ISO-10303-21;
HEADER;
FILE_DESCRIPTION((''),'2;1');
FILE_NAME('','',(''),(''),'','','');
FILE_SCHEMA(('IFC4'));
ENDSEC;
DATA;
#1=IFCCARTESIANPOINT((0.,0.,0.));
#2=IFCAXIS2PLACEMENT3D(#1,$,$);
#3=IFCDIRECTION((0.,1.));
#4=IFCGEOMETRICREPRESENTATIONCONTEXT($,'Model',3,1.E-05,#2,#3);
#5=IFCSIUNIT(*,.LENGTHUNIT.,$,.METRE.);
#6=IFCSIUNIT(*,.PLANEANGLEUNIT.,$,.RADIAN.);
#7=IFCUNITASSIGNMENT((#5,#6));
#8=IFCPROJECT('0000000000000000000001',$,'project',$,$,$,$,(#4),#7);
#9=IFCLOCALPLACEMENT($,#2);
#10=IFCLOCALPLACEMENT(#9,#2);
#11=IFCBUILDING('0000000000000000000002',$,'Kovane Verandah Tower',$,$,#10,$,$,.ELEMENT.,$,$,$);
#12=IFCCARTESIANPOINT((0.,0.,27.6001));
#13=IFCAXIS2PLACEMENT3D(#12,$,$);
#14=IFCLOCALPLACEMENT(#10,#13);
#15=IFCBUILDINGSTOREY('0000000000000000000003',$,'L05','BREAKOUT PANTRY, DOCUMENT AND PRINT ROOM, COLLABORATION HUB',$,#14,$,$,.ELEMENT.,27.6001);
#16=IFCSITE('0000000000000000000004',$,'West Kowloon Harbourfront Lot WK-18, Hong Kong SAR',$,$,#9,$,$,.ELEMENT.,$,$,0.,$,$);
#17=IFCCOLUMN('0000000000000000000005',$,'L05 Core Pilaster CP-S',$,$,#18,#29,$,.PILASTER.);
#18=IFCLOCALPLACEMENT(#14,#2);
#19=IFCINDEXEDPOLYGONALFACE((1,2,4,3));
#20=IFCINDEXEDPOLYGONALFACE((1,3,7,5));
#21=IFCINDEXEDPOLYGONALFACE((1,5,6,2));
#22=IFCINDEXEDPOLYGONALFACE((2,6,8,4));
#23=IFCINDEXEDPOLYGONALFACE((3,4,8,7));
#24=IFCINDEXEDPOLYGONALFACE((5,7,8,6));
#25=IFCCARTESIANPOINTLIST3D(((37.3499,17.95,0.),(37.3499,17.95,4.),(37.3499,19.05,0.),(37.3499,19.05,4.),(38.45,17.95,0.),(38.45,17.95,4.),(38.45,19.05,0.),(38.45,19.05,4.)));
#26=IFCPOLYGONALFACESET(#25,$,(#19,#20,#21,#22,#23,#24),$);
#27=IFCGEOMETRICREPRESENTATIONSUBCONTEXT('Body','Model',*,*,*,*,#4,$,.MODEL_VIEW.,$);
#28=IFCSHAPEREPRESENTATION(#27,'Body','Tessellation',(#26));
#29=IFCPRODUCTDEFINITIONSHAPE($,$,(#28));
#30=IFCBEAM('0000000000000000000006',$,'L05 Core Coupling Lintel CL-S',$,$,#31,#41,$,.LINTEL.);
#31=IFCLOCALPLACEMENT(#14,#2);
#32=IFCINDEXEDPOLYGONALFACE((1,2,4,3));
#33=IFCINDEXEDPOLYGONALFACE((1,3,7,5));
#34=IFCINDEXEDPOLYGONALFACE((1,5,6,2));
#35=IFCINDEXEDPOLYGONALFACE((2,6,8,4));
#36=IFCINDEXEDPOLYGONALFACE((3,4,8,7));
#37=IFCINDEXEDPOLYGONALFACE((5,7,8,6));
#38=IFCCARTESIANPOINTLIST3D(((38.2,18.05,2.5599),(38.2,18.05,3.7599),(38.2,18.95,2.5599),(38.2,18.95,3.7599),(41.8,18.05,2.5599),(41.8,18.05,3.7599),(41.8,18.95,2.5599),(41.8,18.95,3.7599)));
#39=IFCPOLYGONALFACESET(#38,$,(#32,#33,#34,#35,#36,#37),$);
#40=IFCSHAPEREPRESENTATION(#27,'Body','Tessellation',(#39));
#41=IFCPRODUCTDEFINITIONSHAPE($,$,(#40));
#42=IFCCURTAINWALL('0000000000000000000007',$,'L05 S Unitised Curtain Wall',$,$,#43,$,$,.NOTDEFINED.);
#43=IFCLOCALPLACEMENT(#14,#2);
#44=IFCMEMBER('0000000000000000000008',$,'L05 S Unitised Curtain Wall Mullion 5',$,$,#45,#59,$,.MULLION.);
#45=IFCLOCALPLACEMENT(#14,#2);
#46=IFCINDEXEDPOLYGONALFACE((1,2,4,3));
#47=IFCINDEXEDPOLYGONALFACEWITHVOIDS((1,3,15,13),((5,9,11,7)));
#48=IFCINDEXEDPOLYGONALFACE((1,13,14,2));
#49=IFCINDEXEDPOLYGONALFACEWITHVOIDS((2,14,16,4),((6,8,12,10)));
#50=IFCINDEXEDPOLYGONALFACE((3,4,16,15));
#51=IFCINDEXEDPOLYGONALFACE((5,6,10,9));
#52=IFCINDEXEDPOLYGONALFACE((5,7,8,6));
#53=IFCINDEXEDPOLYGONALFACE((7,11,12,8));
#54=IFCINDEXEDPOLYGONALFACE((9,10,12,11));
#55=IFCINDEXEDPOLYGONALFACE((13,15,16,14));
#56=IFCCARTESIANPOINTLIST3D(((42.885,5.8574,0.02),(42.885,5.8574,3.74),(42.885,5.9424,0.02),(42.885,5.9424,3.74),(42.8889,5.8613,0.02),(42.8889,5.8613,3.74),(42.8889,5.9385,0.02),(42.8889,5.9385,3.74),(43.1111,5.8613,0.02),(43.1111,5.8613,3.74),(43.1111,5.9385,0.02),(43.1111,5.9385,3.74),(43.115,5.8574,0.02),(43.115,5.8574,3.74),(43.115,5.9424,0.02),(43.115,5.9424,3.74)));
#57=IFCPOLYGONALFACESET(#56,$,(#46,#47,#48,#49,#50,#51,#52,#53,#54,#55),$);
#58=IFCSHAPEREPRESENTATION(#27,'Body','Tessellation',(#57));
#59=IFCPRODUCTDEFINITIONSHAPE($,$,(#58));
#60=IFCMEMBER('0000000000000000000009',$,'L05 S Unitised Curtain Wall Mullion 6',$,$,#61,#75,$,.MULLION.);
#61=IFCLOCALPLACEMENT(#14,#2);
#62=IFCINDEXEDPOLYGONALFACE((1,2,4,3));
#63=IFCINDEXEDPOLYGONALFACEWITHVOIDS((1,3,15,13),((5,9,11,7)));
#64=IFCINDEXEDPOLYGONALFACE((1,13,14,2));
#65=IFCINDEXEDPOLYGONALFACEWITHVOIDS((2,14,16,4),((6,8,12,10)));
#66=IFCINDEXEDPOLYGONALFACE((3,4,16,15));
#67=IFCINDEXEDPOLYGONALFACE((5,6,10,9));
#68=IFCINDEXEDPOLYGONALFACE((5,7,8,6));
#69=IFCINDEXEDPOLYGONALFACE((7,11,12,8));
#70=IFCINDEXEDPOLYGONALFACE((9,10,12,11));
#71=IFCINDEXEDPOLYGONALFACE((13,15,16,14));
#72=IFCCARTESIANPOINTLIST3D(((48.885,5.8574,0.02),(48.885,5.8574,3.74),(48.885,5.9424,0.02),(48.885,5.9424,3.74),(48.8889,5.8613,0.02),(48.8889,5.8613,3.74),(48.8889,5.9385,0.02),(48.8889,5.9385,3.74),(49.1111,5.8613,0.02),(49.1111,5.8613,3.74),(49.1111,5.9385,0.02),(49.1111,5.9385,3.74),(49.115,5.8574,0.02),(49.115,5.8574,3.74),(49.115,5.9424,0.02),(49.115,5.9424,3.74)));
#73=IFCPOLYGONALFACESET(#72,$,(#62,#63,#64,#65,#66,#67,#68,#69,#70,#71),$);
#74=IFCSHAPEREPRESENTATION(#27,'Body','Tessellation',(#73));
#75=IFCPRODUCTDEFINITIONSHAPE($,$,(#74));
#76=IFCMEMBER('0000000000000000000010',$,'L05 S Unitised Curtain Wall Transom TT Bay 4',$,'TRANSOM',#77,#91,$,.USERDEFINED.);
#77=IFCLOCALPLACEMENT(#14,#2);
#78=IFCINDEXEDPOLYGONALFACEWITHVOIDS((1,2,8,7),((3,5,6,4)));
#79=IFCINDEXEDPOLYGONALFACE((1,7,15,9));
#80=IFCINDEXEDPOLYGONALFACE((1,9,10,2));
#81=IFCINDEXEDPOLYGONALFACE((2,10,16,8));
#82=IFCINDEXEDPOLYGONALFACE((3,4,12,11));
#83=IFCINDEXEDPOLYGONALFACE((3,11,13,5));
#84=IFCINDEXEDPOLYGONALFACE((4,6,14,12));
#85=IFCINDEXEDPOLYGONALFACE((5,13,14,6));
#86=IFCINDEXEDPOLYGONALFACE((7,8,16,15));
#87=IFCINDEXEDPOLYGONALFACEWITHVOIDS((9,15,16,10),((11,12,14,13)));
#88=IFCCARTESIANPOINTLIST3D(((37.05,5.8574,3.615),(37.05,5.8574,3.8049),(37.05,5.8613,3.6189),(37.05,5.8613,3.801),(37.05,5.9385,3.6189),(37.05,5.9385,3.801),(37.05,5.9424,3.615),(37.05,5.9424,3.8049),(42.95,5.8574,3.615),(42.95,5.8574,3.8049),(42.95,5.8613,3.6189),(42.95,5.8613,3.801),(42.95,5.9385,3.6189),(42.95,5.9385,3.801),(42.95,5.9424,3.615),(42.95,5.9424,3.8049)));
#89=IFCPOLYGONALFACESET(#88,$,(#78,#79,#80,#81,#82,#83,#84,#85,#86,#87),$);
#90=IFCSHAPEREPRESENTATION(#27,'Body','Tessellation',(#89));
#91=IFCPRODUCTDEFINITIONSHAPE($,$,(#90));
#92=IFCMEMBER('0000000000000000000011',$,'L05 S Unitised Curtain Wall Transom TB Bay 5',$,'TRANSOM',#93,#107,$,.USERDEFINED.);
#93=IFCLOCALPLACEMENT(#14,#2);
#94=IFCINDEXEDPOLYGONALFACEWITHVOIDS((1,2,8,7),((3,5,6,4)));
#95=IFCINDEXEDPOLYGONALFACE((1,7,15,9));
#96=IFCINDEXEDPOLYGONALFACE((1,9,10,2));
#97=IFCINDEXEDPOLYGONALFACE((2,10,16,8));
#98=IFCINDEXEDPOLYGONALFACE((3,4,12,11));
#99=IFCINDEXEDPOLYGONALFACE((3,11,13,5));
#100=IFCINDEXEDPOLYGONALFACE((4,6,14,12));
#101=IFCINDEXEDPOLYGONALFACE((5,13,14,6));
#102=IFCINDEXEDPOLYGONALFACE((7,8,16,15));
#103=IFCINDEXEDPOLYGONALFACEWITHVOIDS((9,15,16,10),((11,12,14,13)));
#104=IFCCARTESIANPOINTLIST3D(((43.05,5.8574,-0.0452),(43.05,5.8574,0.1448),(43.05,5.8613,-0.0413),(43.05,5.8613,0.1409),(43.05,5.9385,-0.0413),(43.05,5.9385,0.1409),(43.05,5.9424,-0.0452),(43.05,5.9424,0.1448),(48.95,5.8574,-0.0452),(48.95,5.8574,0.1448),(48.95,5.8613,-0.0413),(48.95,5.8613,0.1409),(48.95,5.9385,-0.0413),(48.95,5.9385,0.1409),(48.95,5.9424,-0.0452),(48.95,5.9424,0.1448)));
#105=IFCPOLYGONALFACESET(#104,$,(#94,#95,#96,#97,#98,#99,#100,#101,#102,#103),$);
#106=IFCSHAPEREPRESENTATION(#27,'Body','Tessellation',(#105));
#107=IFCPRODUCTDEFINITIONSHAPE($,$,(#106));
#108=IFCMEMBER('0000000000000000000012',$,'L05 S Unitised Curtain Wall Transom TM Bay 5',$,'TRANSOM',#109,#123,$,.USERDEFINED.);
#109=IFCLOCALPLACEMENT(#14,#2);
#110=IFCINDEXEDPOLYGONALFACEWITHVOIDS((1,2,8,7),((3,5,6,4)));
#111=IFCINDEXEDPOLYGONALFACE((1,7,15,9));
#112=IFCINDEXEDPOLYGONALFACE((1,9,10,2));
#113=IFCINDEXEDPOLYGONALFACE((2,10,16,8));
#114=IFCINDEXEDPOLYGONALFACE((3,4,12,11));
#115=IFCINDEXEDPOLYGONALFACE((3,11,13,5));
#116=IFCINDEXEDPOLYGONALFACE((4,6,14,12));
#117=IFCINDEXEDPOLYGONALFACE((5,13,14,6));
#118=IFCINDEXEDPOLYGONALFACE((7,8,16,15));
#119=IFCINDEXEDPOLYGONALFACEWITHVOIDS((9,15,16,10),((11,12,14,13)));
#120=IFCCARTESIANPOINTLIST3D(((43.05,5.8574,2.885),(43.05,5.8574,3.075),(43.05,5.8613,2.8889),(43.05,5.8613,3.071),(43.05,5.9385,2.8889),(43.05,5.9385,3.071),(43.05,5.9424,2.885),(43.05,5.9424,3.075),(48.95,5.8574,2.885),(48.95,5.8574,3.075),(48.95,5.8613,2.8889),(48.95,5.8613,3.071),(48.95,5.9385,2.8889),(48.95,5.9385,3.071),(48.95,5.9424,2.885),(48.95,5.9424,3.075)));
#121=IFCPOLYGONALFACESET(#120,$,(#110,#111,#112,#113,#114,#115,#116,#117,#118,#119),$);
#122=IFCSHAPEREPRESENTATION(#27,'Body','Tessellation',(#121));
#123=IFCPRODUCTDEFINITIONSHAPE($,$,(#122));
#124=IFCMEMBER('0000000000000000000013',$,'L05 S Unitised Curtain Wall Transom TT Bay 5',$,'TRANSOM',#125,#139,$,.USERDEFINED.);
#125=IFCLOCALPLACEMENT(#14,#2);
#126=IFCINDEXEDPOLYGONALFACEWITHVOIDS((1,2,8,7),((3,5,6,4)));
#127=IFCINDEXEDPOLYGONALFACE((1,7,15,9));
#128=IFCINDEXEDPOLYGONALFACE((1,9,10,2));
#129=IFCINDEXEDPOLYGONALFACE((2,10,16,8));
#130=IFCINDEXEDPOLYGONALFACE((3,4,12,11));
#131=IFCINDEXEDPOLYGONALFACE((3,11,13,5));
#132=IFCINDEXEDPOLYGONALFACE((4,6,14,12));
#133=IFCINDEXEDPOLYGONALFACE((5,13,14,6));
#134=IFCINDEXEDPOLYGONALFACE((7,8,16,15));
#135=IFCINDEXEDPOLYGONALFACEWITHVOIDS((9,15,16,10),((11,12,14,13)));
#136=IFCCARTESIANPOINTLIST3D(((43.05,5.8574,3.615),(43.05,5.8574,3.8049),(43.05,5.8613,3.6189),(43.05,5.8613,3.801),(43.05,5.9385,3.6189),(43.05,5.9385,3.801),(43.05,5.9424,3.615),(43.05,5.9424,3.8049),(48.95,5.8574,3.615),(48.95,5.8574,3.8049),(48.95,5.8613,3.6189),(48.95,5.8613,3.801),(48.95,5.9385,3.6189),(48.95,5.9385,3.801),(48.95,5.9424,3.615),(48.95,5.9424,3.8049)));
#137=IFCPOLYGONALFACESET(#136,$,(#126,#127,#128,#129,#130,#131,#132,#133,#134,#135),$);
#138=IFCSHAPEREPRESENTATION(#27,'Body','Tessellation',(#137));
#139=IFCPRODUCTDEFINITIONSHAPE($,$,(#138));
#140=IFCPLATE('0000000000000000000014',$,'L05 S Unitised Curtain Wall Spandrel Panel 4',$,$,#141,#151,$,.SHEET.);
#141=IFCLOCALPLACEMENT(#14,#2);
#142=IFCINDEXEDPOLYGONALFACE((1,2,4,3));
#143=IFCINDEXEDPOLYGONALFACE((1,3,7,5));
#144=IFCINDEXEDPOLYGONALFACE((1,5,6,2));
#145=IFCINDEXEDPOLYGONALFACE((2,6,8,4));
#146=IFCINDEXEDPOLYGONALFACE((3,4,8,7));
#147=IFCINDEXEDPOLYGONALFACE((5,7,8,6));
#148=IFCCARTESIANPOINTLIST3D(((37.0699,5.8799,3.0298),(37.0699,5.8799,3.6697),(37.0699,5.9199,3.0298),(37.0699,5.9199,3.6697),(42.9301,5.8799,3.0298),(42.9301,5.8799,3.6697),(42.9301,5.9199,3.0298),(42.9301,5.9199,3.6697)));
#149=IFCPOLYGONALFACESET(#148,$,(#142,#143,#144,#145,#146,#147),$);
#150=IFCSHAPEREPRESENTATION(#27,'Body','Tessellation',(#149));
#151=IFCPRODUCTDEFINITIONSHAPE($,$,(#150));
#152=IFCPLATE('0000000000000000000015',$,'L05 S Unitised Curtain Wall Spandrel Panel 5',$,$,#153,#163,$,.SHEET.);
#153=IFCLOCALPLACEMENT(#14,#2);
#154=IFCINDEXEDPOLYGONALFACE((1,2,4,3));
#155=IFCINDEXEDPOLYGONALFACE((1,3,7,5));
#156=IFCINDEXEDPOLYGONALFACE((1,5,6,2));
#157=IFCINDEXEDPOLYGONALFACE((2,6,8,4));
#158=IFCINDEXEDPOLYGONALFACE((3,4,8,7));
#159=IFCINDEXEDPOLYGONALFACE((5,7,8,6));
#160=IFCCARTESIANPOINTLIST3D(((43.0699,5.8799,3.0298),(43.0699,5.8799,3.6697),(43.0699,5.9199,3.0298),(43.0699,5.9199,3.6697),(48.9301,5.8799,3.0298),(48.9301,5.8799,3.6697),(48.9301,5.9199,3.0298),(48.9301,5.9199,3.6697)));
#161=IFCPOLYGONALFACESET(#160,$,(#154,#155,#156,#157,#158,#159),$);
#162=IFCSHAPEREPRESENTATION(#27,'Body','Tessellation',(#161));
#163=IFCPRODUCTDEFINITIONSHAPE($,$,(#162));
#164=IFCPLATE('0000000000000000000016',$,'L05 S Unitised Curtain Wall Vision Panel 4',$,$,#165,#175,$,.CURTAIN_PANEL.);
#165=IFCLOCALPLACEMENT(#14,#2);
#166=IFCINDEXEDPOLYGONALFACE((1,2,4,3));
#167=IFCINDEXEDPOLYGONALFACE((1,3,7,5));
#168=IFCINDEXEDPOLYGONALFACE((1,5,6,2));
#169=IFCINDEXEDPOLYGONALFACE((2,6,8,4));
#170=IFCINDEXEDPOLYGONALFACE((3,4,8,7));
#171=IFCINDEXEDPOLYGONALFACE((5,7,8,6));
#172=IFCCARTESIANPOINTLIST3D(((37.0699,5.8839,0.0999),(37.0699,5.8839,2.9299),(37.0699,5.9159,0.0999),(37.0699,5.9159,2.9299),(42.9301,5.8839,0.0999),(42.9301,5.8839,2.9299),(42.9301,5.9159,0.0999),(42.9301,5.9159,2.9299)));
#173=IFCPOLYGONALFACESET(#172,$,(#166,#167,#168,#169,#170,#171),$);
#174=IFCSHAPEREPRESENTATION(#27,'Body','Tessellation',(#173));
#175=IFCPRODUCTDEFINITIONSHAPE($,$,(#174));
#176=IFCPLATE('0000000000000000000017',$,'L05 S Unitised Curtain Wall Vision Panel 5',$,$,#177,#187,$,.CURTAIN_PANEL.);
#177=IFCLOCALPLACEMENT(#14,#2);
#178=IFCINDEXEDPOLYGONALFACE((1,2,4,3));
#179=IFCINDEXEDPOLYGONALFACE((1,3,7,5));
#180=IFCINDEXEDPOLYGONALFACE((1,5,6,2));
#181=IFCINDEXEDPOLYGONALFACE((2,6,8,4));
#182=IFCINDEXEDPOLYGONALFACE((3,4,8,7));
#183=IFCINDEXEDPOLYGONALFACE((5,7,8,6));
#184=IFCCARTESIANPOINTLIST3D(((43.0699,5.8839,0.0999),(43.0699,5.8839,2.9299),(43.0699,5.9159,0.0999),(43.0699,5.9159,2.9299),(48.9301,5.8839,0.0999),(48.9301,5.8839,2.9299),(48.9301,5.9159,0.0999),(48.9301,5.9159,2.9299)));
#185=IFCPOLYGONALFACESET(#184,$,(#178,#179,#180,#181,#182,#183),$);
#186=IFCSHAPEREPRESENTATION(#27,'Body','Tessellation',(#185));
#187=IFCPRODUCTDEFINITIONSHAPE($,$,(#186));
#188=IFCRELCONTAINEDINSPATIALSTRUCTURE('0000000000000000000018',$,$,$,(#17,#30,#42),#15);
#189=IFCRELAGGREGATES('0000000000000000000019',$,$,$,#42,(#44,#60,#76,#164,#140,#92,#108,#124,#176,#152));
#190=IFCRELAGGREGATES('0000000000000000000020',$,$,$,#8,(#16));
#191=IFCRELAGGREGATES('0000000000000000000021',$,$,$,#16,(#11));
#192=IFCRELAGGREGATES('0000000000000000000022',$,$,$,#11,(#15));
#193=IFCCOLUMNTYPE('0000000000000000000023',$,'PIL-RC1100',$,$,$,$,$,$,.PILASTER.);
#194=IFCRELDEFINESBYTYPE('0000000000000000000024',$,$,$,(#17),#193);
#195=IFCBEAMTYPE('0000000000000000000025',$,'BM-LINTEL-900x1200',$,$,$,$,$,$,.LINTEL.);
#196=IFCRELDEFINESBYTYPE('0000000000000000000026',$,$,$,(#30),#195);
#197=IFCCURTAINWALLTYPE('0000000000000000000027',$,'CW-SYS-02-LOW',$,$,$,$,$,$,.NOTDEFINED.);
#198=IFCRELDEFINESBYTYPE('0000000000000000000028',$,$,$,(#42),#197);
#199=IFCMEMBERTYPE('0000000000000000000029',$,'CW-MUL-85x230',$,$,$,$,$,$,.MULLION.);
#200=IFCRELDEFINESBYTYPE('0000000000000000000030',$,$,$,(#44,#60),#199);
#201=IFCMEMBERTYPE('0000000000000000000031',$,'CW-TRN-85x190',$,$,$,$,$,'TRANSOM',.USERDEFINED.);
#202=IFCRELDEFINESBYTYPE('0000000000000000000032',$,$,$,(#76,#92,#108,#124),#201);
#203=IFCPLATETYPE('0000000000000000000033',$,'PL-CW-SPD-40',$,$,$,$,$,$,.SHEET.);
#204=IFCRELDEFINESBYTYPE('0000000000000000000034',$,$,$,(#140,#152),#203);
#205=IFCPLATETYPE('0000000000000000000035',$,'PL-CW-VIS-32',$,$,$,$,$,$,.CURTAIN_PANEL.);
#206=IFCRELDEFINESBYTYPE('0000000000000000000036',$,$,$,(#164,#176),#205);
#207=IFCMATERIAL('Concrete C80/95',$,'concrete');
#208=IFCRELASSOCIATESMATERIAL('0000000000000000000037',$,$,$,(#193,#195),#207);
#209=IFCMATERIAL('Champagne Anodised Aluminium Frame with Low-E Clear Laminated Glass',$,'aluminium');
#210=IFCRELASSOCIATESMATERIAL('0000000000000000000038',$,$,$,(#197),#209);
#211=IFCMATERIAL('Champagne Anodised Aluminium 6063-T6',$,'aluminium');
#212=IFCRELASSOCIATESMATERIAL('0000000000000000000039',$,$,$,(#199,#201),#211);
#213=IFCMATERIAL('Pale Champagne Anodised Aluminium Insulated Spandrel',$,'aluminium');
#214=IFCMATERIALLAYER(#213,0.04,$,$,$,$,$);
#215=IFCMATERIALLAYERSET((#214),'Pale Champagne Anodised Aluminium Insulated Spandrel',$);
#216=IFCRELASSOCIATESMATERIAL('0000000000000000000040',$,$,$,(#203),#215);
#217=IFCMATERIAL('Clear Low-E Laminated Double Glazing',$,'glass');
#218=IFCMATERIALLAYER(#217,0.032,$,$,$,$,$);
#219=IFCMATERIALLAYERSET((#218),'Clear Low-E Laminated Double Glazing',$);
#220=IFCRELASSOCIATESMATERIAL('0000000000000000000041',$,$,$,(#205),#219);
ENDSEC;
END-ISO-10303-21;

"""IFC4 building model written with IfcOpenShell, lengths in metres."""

from ifc_helpers import new_model, si_unit, direction, frame, origin, origin_2d, place, context, subcontext, project, spatial, rectangle, hollow_rectangle, extrude, material, layer, layer_set, material_profile, profile_set, type_object, element, aggregate, save


model = new_model("IFC4")

# Units and contexts
model_context = context("Model", 3, precision=1e-05, world=origin(), true_north=direction((0.0, 1.0)))
body_context = subcontext(model_context, "Body", "Model", "MODEL_VIEW")
ifc_project = project(units=[si_unit("LENGTHUNIT", "METRE"), si_unit("PLANEANGLEUNIT", "RADIAN")], contexts=[model_context])

# Site, building, storey
site_placement = place(None, origin())
site = spatial("IfcSite", under=ifc_project, at=site_placement, Name="West Kowloon Harbourfront Lot WK-18, Hong Kong SAR", CompositionType="ELEMENT", RefElevation=0.0)
building_placement = place(site_placement, origin())
building = spatial("IfcBuilding", under=site, at=building_placement, Name="Kovane Verandah Tower", CompositionType="ELEMENT")
storey_placement = place(building_placement, frame((0.0, 0.0, 27.6001)))
storey = spatial("IfcBuildingStorey", under=building, at=storey_placement, Name="L05", Description="BREAKOUT PANTRY, DOCUMENT AND PRINT ROOM, COLLABORATION HUB", CompositionType="ELEMENT", Elevation=27.6001)

# Column
ifc_material_1 = material(Name="Concrete C80/95", Category="concrete")
ifc_material_profile_1 = material_profile(ifc_material_1, rectangle(XDim=1.1001, YDim=1.1001, at=origin_2d()), Name="RC1100x1100")
ifc_profile_set_1 = profile_set([ifc_material_profile_1], Name="Concrete C80/95")
column_type = type_object("IfcColumnType", Name="PIL-RC1100", PredefinedType="PILASTER", material=ifc_profile_set_1)
column_placement = place(storey_placement, frame((37.8999, 18.5, 0.0), z_axis=(0.0, 0.0, 1.0), x_axis=(1.0, 0.0, 0.0)))
element("IfcColumn", 1, at=column_placement, inside=storey, type_object=column_type, Name="L05 Core Pilaster CP-S", PredefinedType="PILASTER", context=body_context, shape_type="SweptSolid", body=[
    extrude(rectangle(XDim=1.1001, YDim=1.1001, at=origin_2d()), origin(), (0.0, 0.0, 1.0), 4.0),
])

# Beam
ifc_material_profile_2 = material_profile(ifc_material_1, rectangle(XDim=0.8999, YDim=1.2, at=origin_2d()), Name="RCB900x1200")
ifc_profile_set_2 = profile_set([ifc_material_profile_2], Name="Concrete C80/95")
beam_type = type_object("IfcBeamType", Name="BM-LINTEL-900x1200", PredefinedType="LINTEL", material=ifc_profile_set_2)
beam_placement = place(storey_placement, frame((38.2, 18.5, 3.1599), z_axis=(1.0, 0.0, 0.0), x_axis=(0.0, 1.0, 0.0)))
element("IfcBeam", 2, at=beam_placement, inside=storey, type_object=beam_type, Name="L05 Core Coupling Lintel CL-S", PredefinedType="LINTEL", context=body_context, shape_type="SweptSolid", body=[
    extrude(rectangle(XDim=0.8999, YDim=1.2, at=origin_2d()), origin(), (0.0, 0.0, 1.0), 3.6001),
])

# Curtain wall, members, plates
ifc_material_2 = material(Name="Champagne Anodised Aluminium Frame with Low-E Clear Laminated Glass", Category="aluminium")
curtain_wall_type = type_object("IfcCurtainWallType", Name="CW-SYS-02-LOW", PredefinedType="NOTDEFINED", material=ifc_material_2)
curtain_wall_placement = place(storey_placement, origin())
curtain_wall = element("IfcCurtainWall", 3, at=curtain_wall_placement, inside=storey, type_object=curtain_wall_type, Name="L05 S Unitised Curtain Wall", PredefinedType="NOTDEFINED")
ifc_material_3 = material(Name="Champagne Anodised Aluminium 6063-T6", Category="aluminium")
ifc_material_profile_3 = material_profile(ifc_material_3, hollow_rectangle(XDim=0.085, YDim=0.23, WallThickness=0.0039, at=origin_2d()), Name="AL85x230x4")
ifc_profile_set_3 = profile_set([ifc_material_profile_3], Name="Champagne Anodised Aluminium 6063-T6")
member_type_1 = type_object("IfcMemberType", Name="CW-MUL-85x230", PredefinedType="MULLION", material=ifc_profile_set_3)
member_1_placement = place(storey_placement, frame((43.0, 5.8999, 0.02), z_axis=(0.0, 0.0, 1.0), x_axis=(0.0, -1.0, 0.0)))
member_1 = element("IfcMember", 4, at=member_1_placement, type_object=member_type_1, Name="L05 S Unitised Curtain Wall Mullion 5", PredefinedType="MULLION", context=body_context, shape_type="SweptSolid", body=[
    extrude(hollow_rectangle(XDim=0.085, YDim=0.23, WallThickness=0.0039, at=origin_2d()), origin(), (0.0, 0.0, 1.0), 3.72),
])
member_2_placement = place(storey_placement, frame((49.0, 5.8999, 0.02), z_axis=(0.0, 0.0, 1.0), x_axis=(0.0, -1.0, 0.0)))
member_2 = element("IfcMember", 5, at=member_2_placement, type_object=member_type_1, Name="L05 S Unitised Curtain Wall Mullion 6", PredefinedType="MULLION", context=body_context, shape_type="SweptSolid", body=[
    extrude(hollow_rectangle(XDim=0.085, YDim=0.23, WallThickness=0.0039, at=origin_2d()), origin(), (0.0, 0.0, 1.0), 3.72),
])
ifc_material_profile_4 = material_profile(ifc_material_3, hollow_rectangle(XDim=0.085, YDim=0.1899, WallThickness=0.0039, at=origin_2d()), Name="AL85x190x4")
ifc_profile_set_4 = profile_set([ifc_material_profile_4], Name="Champagne Anodised Aluminium 6063-T6")
member_type_2 = type_object("IfcMemberType", Name="CW-TRN-85x190", ElementType="TRANSOM", PredefinedType="USERDEFINED", material=ifc_profile_set_4)
member_3_placement = place(storey_placement, frame((37.05, 5.8999, 3.71), z_axis=(1.0, 0.0, 0.0), x_axis=(0.0, 1.0, 0.0)))
member_3 = element("IfcMember", 6, at=member_3_placement, type_object=member_type_2, Name="L05 S Unitised Curtain Wall Transom TT Bay 4", ObjectType="TRANSOM", PredefinedType="USERDEFINED", context=body_context, shape_type="SweptSolid", body=[
    extrude(hollow_rectangle(XDim=0.085, YDim=0.1899, WallThickness=0.0039, at=origin_2d()), origin(), (0.0, 0.0, 1.0), 5.8999),
])
member_4_placement = place(storey_placement, frame((43.05, 5.8999, 0.0498), z_axis=(1.0, 0.0, 0.0), x_axis=(0.0, 1.0, 0.0)))
member_4 = element("IfcMember", 7, at=member_4_placement, type_object=member_type_2, Name="L05 S Unitised Curtain Wall Transom TB Bay 5", ObjectType="TRANSOM", PredefinedType="USERDEFINED", context=body_context, shape_type="SweptSolid", body=[
    extrude(hollow_rectangle(XDim=0.085, YDim=0.1899, WallThickness=0.0039, at=origin_2d()), origin(), (0.0, 0.0, 1.0), 5.8999),
])
member_5_placement = place(storey_placement, frame((43.05, 5.8999, 2.98), z_axis=(1.0, 0.0, 0.0), x_axis=(0.0, 1.0, 0.0)))
member_5 = element("IfcMember", 8, at=member_5_placement, type_object=member_type_2, Name="L05 S Unitised Curtain Wall Transom TM Bay 5", ObjectType="TRANSOM", PredefinedType="USERDEFINED", context=body_context, shape_type="SweptSolid", body=[
    extrude(hollow_rectangle(XDim=0.085, YDim=0.1899, WallThickness=0.0039, at=origin_2d()), origin(), (0.0, 0.0, 1.0), 5.8999),
])
member_6_placement = place(storey_placement, frame((43.05, 5.8999, 3.71), z_axis=(1.0, 0.0, 0.0), x_axis=(0.0, 1.0, 0.0)))
member_6 = element("IfcMember", 9, at=member_6_placement, type_object=member_type_2, Name="L05 S Unitised Curtain Wall Transom TT Bay 5", ObjectType="TRANSOM", PredefinedType="USERDEFINED", context=body_context, shape_type="SweptSolid", body=[
    extrude(hollow_rectangle(XDim=0.085, YDim=0.1899, WallThickness=0.0039, at=origin_2d()), origin(), (0.0, 0.0, 1.0), 5.8999),
])
ifc_material_4 = material(Name="Pale Champagne Anodised Aluminium Insulated Spandrel", Category="aluminium")
ifc_layer_1 = layer(ifc_material_4, 0.04)
ifc_layer_set_1 = layer_set([ifc_layer_1], Name="Pale Champagne Anodised Aluminium Insulated Spandrel")
plate_type_1 = type_object("IfcPlateType", Name="PL-CW-SPD-40", PredefinedType="SHEET", material=ifc_layer_set_1)
plate_1_placement = place(storey_placement, frame((40.0, 5.8999, 3.0298), z_axis=(0.0, 0.0, 1.0), x_axis=(1.0, 0.0, 0.0)))
plate_1 = element("IfcPlate", 10, at=plate_1_placement, type_object=plate_type_1, Name="L05 S Unitised Curtain Wall Spandrel Panel 4", PredefinedType="SHEET", context=body_context, shape_type="SweptSolid", body=[
    extrude(rectangle(XDim=5.8601, YDim=0.04, at=origin_2d()), origin(), (0.0, 0.0, 1.0), 0.6399),
])
plate_2_placement = place(storey_placement, frame((46.0, 5.8999, 3.0298), z_axis=(0.0, 0.0, 1.0), x_axis=(1.0, 0.0, 0.0)))
plate_2 = element("IfcPlate", 11, at=plate_2_placement, type_object=plate_type_1, Name="L05 S Unitised Curtain Wall Spandrel Panel 5", PredefinedType="SHEET", context=body_context, shape_type="SweptSolid", body=[
    extrude(rectangle(XDim=5.8601, YDim=0.04, at=origin_2d()), origin(), (0.0, 0.0, 1.0), 0.6399),
])
ifc_material_5 = material(Name="Clear Low-E Laminated Double Glazing", Category="glass")
ifc_layer_2 = layer(ifc_material_5, 0.032)
ifc_layer_set_2 = layer_set([ifc_layer_2], Name="Clear Low-E Laminated Double Glazing")
plate_type_2 = type_object("IfcPlateType", Name="PL-CW-VIS-32", PredefinedType="CURTAIN_PANEL", material=ifc_layer_set_2)
plate_3_placement = place(storey_placement, frame((40.0, 5.8999, 0.0999), z_axis=(0.0, 0.0, 1.0), x_axis=(1.0, 0.0, 0.0)))
plate_3 = element("IfcPlate", 12, at=plate_3_placement, type_object=plate_type_2, Name="L05 S Unitised Curtain Wall Vision Panel 4", PredefinedType="CURTAIN_PANEL", context=body_context, shape_type="SweptSolid", body=[
    extrude(rectangle(XDim=5.8601, YDim=0.032, at=origin_2d()), origin(), (0.0, 0.0, 1.0), 2.8301),
])
plate_4_placement = place(storey_placement, frame((46.0, 5.8999, 0.0999), z_axis=(0.0, 0.0, 1.0), x_axis=(1.0, 0.0, 0.0)))
plate_4 = element("IfcPlate", 13, at=plate_4_placement, type_object=plate_type_2, Name="L05 S Unitised Curtain Wall Vision Panel 5", PredefinedType="CURTAIN_PANEL", context=body_context, shape_type="SweptSolid", body=[
    extrude(rectangle(XDim=5.8601, YDim=0.032, at=origin_2d()), origin(), (0.0, 0.0, 1.0), 2.8301),
])
aggregate(curtain_wall, [member_1, member_2, member_3, plate_3, plate_1, member_4, member_5, member_6, plate_4, plate_2])

save(model, "model.ifc")
